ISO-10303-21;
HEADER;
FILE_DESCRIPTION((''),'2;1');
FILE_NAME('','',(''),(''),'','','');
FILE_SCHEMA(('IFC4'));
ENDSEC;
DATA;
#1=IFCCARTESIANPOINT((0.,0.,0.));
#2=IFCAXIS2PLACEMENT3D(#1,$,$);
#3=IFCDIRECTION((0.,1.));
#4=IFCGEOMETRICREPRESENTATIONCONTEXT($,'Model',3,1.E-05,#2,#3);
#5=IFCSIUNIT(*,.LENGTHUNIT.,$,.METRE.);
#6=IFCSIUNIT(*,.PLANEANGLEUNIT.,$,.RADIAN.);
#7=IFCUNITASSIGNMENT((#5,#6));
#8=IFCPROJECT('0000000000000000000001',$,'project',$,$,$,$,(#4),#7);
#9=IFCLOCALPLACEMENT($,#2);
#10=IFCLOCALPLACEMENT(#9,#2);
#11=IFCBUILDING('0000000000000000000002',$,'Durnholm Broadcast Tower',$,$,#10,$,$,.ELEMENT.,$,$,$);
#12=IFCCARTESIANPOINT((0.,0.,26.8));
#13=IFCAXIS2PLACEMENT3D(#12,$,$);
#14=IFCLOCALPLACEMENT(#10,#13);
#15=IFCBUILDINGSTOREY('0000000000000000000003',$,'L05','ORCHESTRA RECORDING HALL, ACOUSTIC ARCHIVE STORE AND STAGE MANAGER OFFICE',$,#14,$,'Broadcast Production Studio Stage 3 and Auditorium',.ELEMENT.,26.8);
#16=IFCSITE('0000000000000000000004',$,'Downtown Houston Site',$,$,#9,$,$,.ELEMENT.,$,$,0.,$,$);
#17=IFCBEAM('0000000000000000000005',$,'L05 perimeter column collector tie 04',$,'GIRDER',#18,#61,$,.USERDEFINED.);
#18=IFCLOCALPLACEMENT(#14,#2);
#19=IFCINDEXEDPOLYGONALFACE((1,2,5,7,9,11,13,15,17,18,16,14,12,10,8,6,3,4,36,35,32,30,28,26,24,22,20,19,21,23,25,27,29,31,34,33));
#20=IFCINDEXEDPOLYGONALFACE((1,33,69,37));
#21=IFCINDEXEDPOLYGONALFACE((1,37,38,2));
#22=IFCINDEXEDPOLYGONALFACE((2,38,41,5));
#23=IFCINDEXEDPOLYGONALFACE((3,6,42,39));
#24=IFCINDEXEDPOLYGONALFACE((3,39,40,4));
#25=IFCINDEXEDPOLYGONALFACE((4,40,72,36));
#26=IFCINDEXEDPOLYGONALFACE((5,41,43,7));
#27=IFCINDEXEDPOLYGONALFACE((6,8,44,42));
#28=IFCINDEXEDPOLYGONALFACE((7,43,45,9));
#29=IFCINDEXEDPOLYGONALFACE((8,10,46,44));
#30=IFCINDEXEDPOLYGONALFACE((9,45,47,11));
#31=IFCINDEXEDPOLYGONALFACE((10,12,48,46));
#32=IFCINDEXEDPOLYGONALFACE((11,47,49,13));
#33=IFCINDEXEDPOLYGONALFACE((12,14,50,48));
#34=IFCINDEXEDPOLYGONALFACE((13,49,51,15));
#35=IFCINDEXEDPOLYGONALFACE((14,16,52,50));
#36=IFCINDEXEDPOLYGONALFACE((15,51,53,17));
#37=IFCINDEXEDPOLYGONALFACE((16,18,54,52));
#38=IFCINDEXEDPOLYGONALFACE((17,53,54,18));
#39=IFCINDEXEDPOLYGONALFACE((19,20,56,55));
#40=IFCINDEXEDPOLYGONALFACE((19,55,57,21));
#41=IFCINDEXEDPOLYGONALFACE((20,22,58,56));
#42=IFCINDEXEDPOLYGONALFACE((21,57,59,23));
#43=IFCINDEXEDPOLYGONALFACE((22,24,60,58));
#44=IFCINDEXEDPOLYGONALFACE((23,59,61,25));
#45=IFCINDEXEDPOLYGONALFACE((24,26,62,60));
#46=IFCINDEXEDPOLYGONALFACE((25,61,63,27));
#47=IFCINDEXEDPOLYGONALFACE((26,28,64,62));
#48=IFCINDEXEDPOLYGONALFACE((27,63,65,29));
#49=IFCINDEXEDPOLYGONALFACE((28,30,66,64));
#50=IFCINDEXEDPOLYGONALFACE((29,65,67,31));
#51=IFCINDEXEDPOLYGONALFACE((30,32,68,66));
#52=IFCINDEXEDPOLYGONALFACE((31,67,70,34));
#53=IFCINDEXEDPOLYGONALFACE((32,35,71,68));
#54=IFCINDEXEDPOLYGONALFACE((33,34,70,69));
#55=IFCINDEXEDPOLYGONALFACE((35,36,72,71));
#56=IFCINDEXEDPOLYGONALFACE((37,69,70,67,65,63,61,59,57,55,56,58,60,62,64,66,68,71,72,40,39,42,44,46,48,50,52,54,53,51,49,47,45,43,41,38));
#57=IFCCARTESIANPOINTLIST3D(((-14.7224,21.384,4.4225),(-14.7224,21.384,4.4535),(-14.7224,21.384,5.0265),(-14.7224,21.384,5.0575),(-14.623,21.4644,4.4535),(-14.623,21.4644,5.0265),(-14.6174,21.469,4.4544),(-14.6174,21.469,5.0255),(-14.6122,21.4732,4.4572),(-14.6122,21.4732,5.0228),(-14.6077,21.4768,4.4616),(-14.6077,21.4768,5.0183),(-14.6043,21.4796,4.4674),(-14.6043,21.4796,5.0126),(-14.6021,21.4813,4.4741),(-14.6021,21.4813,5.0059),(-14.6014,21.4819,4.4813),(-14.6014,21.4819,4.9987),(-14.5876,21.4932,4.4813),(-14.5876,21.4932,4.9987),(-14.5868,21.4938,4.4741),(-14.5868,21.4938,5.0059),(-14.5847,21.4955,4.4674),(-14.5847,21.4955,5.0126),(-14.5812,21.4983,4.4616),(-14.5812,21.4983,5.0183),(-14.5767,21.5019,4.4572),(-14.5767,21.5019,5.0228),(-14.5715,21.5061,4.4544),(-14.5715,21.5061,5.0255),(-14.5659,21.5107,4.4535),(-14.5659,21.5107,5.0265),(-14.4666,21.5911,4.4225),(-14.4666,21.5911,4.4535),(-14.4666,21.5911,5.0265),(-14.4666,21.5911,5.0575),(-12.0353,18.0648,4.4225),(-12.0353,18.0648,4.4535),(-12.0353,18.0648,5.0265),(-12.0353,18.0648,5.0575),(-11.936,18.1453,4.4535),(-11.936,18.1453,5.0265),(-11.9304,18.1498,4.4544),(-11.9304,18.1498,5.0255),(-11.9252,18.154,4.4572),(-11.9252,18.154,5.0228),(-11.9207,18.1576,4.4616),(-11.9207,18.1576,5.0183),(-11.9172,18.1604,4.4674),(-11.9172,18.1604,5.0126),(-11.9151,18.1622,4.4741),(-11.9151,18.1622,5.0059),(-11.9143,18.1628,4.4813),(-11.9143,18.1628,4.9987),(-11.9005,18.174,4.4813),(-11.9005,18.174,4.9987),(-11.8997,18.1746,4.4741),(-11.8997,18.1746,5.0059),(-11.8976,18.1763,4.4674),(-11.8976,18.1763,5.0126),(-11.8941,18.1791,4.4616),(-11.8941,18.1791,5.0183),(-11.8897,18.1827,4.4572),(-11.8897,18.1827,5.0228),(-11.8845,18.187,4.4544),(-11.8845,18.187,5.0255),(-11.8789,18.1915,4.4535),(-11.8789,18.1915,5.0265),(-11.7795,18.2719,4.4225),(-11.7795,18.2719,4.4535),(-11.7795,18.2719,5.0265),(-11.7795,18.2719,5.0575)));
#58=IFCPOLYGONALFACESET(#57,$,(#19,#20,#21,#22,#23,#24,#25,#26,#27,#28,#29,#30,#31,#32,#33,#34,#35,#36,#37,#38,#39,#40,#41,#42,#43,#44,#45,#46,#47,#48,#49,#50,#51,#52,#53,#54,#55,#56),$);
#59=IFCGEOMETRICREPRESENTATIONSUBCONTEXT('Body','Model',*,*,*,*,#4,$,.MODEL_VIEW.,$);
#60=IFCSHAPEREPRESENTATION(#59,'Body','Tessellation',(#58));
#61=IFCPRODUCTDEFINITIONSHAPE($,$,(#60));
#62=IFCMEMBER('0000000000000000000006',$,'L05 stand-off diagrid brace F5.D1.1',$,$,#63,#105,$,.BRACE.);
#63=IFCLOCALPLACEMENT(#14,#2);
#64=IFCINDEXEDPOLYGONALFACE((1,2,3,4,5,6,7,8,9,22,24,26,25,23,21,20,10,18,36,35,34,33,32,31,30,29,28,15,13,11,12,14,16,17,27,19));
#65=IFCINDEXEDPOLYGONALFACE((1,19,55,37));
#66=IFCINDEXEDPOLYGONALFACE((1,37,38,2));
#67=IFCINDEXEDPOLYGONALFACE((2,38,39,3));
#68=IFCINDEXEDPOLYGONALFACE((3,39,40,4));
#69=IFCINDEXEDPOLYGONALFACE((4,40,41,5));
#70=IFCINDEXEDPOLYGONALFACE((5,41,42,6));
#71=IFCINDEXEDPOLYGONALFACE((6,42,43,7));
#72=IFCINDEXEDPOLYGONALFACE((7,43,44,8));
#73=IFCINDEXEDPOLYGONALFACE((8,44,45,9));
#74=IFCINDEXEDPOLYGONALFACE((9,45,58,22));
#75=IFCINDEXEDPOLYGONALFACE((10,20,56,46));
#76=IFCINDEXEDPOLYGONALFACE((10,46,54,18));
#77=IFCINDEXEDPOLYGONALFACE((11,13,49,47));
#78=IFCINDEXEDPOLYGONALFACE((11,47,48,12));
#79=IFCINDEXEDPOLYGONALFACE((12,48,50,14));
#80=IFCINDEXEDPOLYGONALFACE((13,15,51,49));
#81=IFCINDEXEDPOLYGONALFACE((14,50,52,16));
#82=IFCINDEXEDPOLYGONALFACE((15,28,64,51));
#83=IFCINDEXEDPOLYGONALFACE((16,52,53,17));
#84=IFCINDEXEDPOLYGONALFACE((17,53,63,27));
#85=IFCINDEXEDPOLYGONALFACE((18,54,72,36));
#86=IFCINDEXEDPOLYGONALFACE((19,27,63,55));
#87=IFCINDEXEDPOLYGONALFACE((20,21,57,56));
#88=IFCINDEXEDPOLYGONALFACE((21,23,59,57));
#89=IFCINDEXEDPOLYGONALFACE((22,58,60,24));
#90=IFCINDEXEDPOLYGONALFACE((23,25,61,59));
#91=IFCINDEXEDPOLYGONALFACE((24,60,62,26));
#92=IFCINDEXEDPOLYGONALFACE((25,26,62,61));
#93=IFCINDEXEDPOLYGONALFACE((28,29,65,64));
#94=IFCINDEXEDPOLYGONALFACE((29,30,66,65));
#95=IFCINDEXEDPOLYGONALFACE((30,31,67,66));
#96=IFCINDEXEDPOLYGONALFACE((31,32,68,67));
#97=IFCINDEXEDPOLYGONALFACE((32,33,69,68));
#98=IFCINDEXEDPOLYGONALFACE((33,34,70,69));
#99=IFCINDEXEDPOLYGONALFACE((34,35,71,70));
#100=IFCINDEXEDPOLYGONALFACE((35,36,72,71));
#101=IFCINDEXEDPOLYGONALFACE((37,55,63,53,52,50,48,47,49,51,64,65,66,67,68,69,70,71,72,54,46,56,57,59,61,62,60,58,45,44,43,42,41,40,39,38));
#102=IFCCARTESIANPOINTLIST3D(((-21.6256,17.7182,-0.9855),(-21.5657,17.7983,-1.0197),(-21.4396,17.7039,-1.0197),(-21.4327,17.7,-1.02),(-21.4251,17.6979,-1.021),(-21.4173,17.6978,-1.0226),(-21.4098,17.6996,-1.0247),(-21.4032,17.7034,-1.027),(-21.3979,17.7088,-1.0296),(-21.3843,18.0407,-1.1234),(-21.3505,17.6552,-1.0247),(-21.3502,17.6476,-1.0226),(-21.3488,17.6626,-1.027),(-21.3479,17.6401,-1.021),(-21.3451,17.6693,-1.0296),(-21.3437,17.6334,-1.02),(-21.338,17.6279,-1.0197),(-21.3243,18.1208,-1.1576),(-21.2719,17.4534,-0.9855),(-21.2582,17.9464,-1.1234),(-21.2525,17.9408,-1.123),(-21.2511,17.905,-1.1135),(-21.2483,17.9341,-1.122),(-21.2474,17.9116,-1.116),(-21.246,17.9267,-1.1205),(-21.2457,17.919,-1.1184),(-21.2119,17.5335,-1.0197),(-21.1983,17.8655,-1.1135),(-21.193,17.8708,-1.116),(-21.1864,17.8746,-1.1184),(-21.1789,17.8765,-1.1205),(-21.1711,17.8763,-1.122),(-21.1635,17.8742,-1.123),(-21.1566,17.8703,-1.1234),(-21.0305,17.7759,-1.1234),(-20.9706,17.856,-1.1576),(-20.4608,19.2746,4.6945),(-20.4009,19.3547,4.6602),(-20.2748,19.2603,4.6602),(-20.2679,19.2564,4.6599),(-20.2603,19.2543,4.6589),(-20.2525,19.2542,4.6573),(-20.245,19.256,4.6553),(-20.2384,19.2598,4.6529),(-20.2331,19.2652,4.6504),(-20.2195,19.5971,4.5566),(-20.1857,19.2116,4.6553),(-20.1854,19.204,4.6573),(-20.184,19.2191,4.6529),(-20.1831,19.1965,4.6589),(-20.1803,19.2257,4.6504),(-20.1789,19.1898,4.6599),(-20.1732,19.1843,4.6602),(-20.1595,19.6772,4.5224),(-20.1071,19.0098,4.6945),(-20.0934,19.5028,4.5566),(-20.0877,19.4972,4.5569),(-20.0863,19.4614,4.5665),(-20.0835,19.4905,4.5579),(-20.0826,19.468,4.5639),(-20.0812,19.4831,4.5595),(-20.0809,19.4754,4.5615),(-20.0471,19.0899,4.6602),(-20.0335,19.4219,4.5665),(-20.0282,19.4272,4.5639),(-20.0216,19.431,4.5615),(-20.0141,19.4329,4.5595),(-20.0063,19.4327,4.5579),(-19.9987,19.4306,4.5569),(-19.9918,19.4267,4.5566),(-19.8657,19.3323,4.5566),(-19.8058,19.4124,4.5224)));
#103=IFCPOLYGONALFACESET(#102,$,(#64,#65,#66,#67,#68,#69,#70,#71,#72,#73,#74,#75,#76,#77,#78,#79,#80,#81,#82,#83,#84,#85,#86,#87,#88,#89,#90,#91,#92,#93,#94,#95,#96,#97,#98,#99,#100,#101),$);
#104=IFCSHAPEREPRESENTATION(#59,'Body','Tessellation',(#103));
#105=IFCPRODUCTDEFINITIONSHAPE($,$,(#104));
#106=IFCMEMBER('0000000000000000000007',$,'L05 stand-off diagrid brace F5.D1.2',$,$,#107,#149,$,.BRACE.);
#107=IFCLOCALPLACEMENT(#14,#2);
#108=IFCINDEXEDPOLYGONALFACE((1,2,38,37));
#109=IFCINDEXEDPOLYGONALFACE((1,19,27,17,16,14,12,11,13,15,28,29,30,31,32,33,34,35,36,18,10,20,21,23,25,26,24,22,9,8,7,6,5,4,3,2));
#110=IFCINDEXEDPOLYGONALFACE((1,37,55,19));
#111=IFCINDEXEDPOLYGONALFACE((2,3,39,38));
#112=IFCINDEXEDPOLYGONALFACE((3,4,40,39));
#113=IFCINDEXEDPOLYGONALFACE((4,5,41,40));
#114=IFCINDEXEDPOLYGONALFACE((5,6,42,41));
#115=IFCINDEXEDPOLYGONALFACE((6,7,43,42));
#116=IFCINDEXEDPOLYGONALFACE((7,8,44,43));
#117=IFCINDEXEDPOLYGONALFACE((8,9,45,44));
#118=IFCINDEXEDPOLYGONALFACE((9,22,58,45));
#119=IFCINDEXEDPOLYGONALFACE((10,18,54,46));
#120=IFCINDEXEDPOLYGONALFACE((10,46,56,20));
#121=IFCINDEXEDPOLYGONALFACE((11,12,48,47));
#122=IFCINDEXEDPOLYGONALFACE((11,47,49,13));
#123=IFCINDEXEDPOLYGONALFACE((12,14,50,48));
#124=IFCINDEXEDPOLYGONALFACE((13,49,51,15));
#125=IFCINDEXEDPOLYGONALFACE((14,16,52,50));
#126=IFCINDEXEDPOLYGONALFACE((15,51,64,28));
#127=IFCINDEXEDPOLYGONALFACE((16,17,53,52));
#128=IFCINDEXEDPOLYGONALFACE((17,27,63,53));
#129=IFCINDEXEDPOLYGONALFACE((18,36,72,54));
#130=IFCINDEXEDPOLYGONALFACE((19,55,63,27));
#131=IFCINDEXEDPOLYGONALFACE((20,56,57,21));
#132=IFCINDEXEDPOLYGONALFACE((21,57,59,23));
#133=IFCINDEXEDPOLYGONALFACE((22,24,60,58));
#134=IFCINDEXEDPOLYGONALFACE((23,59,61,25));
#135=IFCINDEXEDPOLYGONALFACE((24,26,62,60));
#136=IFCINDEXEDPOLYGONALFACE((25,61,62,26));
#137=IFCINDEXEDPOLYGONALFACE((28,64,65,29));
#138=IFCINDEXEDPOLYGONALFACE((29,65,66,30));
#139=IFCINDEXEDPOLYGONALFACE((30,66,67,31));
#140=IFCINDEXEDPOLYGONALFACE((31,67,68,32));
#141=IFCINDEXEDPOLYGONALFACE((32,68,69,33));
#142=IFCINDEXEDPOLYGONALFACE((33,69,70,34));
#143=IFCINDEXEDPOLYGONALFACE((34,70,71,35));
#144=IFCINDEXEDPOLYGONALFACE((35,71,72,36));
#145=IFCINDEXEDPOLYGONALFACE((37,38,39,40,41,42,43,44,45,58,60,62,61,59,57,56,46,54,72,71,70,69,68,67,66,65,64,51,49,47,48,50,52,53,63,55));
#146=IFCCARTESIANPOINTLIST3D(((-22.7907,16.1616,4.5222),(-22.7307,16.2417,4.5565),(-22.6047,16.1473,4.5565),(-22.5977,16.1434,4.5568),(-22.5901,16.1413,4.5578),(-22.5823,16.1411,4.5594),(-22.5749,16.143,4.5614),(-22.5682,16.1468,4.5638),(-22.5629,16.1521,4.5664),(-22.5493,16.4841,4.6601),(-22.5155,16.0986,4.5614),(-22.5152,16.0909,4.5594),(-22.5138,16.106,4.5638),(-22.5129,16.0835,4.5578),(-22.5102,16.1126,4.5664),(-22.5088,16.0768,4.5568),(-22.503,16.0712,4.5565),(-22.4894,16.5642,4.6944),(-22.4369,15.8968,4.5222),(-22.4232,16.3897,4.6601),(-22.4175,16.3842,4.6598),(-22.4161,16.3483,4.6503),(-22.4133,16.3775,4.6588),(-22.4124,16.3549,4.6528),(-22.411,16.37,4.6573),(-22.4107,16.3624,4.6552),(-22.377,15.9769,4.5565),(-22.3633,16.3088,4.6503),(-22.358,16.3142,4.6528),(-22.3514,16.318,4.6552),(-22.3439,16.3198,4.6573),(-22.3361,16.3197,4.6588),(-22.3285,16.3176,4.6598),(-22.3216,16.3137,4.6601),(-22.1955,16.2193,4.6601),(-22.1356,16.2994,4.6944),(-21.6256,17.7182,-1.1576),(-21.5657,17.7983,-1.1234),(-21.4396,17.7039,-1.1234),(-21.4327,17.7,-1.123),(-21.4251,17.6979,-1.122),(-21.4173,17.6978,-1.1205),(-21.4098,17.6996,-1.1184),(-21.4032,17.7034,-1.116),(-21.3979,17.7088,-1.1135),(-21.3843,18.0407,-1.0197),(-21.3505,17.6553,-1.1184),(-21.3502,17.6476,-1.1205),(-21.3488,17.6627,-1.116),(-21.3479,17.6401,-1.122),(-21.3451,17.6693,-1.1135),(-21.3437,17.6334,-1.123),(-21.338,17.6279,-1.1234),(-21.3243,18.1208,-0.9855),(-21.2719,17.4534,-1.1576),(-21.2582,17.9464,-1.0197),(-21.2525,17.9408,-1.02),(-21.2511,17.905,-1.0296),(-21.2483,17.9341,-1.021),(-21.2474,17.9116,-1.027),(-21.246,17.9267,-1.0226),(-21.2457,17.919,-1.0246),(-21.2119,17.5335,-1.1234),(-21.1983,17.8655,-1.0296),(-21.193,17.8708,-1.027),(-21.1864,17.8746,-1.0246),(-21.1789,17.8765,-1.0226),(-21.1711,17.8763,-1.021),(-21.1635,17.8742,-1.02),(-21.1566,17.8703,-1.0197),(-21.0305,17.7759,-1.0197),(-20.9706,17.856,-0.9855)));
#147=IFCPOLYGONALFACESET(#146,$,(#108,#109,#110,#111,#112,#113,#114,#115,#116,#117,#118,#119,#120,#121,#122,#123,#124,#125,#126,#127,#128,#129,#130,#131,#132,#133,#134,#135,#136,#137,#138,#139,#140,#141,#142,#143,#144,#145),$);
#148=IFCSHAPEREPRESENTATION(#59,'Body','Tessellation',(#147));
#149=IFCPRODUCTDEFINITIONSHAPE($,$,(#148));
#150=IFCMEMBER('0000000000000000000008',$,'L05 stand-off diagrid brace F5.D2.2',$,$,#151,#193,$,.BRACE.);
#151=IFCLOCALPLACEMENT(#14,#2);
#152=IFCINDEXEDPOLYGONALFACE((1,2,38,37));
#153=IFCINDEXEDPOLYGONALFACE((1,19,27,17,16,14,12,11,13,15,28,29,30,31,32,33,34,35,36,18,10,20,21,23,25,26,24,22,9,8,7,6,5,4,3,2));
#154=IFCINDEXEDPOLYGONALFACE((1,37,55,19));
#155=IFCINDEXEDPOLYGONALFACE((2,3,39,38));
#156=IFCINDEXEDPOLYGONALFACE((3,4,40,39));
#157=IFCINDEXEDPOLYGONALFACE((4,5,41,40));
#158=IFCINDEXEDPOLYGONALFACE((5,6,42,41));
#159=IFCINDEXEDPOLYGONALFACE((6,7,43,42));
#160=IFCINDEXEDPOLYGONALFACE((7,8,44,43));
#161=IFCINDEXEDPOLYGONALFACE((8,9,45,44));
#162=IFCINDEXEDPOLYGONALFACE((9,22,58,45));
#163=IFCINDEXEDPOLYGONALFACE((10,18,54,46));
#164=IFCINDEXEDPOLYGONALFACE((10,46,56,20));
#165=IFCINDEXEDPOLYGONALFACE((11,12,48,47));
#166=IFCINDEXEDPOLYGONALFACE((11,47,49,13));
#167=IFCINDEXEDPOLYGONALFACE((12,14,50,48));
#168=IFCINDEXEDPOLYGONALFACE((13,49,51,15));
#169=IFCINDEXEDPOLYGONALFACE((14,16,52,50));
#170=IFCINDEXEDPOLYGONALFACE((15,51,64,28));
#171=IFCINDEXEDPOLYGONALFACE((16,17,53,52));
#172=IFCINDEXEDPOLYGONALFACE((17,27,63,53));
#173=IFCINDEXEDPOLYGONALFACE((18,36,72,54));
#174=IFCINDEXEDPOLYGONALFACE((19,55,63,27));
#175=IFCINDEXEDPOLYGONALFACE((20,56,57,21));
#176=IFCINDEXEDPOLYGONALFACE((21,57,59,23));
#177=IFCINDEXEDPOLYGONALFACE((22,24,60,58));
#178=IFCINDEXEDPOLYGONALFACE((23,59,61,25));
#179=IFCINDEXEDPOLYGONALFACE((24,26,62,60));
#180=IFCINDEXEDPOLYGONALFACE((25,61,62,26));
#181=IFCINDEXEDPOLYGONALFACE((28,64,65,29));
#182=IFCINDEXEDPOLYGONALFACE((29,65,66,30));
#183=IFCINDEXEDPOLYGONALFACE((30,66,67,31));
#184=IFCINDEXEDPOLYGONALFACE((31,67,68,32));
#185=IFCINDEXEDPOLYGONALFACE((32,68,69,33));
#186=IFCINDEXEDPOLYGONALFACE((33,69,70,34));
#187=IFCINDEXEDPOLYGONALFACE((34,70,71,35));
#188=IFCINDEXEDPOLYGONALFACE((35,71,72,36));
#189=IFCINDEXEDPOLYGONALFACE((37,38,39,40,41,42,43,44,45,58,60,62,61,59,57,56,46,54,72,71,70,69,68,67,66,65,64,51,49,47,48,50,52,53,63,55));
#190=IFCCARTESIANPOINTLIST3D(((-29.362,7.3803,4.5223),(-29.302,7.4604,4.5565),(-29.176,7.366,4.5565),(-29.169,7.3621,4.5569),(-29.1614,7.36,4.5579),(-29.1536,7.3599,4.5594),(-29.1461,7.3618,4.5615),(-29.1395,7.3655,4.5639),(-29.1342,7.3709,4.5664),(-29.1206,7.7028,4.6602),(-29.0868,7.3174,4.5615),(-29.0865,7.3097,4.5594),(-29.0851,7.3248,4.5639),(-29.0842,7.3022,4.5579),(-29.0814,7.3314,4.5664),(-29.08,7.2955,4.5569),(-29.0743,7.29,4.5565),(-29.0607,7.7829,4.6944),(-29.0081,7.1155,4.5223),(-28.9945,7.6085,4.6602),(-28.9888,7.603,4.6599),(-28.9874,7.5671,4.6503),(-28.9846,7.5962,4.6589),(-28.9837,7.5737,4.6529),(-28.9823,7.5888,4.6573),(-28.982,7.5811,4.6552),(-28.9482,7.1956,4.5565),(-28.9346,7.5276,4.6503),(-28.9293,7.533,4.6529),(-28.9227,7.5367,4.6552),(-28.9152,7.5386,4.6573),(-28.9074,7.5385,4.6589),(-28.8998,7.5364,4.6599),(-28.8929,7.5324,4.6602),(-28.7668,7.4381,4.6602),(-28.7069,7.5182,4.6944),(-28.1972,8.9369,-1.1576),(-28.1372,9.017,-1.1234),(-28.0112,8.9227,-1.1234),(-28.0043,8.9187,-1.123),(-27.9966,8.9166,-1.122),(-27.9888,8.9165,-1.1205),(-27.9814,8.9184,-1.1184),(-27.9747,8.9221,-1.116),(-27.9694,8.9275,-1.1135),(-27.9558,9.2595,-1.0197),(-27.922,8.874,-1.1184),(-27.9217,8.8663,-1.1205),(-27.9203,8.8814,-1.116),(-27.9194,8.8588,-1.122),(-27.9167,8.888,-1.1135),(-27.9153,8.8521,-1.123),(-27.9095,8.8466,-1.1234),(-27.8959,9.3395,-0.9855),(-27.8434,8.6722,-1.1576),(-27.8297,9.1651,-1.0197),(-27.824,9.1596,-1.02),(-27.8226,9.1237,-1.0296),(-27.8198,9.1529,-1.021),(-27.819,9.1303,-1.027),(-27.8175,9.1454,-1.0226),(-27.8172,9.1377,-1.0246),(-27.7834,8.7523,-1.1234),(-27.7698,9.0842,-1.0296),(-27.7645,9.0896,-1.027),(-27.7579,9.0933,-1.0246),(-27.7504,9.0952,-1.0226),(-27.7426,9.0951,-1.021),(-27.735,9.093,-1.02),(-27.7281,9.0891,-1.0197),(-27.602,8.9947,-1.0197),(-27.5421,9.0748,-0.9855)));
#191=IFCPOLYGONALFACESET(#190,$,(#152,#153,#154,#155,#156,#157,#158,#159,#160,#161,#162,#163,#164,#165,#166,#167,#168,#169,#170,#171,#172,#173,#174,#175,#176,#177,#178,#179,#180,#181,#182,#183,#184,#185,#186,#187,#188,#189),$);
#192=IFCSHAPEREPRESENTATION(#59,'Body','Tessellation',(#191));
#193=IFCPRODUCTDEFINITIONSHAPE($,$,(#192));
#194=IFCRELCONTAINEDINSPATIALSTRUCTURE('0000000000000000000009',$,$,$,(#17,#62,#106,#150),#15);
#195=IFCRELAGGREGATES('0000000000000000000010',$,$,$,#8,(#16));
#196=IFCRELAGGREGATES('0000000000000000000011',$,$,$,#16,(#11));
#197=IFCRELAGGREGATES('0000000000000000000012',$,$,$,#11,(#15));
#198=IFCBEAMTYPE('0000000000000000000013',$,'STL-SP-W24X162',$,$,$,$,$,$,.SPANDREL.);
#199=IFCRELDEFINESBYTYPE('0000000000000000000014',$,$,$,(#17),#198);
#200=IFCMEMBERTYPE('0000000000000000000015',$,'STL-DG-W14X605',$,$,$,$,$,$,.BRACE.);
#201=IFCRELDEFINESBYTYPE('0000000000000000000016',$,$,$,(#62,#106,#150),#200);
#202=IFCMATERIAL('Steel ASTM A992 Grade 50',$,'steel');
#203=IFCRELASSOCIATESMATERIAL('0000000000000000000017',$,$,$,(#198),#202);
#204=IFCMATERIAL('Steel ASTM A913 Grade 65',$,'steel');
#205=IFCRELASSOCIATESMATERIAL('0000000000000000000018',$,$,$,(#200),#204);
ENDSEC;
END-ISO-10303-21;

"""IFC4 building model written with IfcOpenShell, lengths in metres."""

from ifc_helpers import new_model, si_unit, direction, frame, origin, origin_2d, place, context, subcontext, project, spatial, i_section, extrude, source, transform, mapped, material, material_profile, profile_set, type_object, type_shapes, element, save


model = new_model("IFC4")

# Units and contexts
model_context = context("Model", 3, precision=1e-05, world=origin(), true_north=direction((0.0, 1.0)))
body_context = subcontext(model_context, "Body", "Model", "MODEL_VIEW")
ifc_project = project(units=[si_unit("LENGTHUNIT", "METRE"), si_unit("PLANEANGLEUNIT", "RADIAN")], contexts=[model_context])

# Site, building, storey
site_placement = place(None, origin())
site = spatial("IfcSite", under=ifc_project, at=site_placement, Name="Downtown Houston Site", CompositionType="ELEMENT", RefElevation=0.0)
building_placement = place(site_placement, origin())
building = spatial("IfcBuilding", under=site, at=building_placement, Name="Durnholm Broadcast Tower", CompositionType="ELEMENT")
storey_placement = place(building_placement, frame((0.0, 0.0, 26.8)))
storey = spatial("IfcBuildingStorey", under=building, at=storey_placement, Name="L05", Description="ORCHESTRA RECORDING HALL, ACOUSTIC ARCHIVE STORE AND STAGE MANAGER OFFICE", LongName="Broadcast Production Studio Stage 3 and Auditorium", CompositionType="ELEMENT", Elevation=26.8)

# Shared definitions
ifc_material_1 = material(Name="Steel ASTM A913 Grade 65", Category="steel")

# Beam
ifc_material_2 = material(Name="Steel ASTM A992 Grade 50", Category="steel")
ifc_material_profile_1 = material_profile(ifc_material_2, i_section(OverallWidth=0.3291, OverallDepth=0.635, WebThickness=0.0178, FlangeThickness=0.031, FilletRadius=0.0278, at=origin_2d()), Name="W24X162")
ifc_profile_set_1 = profile_set([ifc_material_profile_1], Name="Steel ASTM A992 Grade 50")
beam_type_1 = type_object("IfcBeamType", Name="STL-SP-W24X162", PredefinedType="SPANDREL", material=ifc_profile_set_1)
shared_shape_1 = source(origin(), body_context, "Body", "SweptSolid", [
    extrude(i_section(OverallWidth=0.3291, OverallDepth=0.635, WebThickness=0.0178, FlangeThickness=0.031, FilletRadius=0.0278, at=origin_2d()), origin(), (0.0, 0.0, 1.0), 4.2705),
])
type_shapes(beam_type_1, [shared_shape_1])
beam_1_placement = place(storey_placement, frame((-14.5945, 21.4875, 4.74), z_axis=(0.629216, -0.77723, 0.0), x_axis=(0.77723, 0.629216, 0.0)))
element("IfcBeam", 1, at=beam_1_placement, inside=storey, type_object=beam_type_1, Name="L05 perimeter column collector tie 04", ObjectType="GIRDER", PredefinedType="USERDEFINED", context=body_context, shape_type="MappedRepresentation", body=[
    mapped(shared_shape_1, transform((0.0, 0.0, 0.0), x_axis=(1.0, 0.0, 0.0), y_axis=(0.0, 1.0, 0.0), z_axis=(0.0, 0.0, 1.0), scale=1.0)),
])

# Members
ifc_material_profile_2 = material_profile(ifc_material_1, i_section(OverallWidth=0.4419, OverallDepth=0.5315, WebThickness=0.0659, FlangeThickness=0.1057, FilletRadius=0.0305, at=origin_2d()), Name="W14X605")
ifc_profile_set_2 = profile_set([ifc_material_profile_2], Name="Steel ASTM A913 Grade 65")
member_type_1 = type_object("IfcMemberType", Name="STL-DG-W14X605", PredefinedType="BRACE", material=ifc_profile_set_2)
shared_shape_2 = source(origin(), body_context, "Body", "SweptSolid", [
    extrude(i_section(OverallWidth=0.4419, OverallDepth=0.5315, WebThickness=0.0659, FlangeThickness=0.1057, FilletRadius=0.0305, at=origin_2d()), origin(), (0.0, 0.0, 1.0), 6.0034),
])
type_shapes(member_type_1, [shared_shape_2])
for number, where, z_axis, x_axis, name in (
    (2, (-21.2981, 17.7871, -1.0715), (0.194023, 0.259253, 0.94612), (-0.800617, 0.599176, 0.0), "L05 stand-off diagrid brace F5.D1.1"),
    (3, (-21.2981, 17.7871, -1.0715), (-0.19406, -0.259289, 0.946103), (0.800602, -0.599196, 0.0), "L05 stand-off diagrid brace F5.D1.2"),
    (4, (-27.8696, 9.0059, -1.0715), (-0.194021, -0.259291, 0.94611), (0.800663, -0.599116, 0.0), "L05 stand-off diagrid brace F5.D2.2"),
):
    element("IfcMember", number, at=place(storey_placement, frame(where, z_axis=z_axis, x_axis=x_axis)), inside=storey, type_object=member_type_1, Name=name, PredefinedType="BRACE", context=body_context, shape_type="MappedRepresentation", body=[
        mapped(shared_shape_2, transform((0.0, 0.0, 0.0), x_axis=(1.0, 0.0, 0.0), y_axis=(0.0, 1.0, 0.0), z_axis=(0.0, 0.0, 1.0), scale=1.0)),
    ])

save(model, "model.ifc")
